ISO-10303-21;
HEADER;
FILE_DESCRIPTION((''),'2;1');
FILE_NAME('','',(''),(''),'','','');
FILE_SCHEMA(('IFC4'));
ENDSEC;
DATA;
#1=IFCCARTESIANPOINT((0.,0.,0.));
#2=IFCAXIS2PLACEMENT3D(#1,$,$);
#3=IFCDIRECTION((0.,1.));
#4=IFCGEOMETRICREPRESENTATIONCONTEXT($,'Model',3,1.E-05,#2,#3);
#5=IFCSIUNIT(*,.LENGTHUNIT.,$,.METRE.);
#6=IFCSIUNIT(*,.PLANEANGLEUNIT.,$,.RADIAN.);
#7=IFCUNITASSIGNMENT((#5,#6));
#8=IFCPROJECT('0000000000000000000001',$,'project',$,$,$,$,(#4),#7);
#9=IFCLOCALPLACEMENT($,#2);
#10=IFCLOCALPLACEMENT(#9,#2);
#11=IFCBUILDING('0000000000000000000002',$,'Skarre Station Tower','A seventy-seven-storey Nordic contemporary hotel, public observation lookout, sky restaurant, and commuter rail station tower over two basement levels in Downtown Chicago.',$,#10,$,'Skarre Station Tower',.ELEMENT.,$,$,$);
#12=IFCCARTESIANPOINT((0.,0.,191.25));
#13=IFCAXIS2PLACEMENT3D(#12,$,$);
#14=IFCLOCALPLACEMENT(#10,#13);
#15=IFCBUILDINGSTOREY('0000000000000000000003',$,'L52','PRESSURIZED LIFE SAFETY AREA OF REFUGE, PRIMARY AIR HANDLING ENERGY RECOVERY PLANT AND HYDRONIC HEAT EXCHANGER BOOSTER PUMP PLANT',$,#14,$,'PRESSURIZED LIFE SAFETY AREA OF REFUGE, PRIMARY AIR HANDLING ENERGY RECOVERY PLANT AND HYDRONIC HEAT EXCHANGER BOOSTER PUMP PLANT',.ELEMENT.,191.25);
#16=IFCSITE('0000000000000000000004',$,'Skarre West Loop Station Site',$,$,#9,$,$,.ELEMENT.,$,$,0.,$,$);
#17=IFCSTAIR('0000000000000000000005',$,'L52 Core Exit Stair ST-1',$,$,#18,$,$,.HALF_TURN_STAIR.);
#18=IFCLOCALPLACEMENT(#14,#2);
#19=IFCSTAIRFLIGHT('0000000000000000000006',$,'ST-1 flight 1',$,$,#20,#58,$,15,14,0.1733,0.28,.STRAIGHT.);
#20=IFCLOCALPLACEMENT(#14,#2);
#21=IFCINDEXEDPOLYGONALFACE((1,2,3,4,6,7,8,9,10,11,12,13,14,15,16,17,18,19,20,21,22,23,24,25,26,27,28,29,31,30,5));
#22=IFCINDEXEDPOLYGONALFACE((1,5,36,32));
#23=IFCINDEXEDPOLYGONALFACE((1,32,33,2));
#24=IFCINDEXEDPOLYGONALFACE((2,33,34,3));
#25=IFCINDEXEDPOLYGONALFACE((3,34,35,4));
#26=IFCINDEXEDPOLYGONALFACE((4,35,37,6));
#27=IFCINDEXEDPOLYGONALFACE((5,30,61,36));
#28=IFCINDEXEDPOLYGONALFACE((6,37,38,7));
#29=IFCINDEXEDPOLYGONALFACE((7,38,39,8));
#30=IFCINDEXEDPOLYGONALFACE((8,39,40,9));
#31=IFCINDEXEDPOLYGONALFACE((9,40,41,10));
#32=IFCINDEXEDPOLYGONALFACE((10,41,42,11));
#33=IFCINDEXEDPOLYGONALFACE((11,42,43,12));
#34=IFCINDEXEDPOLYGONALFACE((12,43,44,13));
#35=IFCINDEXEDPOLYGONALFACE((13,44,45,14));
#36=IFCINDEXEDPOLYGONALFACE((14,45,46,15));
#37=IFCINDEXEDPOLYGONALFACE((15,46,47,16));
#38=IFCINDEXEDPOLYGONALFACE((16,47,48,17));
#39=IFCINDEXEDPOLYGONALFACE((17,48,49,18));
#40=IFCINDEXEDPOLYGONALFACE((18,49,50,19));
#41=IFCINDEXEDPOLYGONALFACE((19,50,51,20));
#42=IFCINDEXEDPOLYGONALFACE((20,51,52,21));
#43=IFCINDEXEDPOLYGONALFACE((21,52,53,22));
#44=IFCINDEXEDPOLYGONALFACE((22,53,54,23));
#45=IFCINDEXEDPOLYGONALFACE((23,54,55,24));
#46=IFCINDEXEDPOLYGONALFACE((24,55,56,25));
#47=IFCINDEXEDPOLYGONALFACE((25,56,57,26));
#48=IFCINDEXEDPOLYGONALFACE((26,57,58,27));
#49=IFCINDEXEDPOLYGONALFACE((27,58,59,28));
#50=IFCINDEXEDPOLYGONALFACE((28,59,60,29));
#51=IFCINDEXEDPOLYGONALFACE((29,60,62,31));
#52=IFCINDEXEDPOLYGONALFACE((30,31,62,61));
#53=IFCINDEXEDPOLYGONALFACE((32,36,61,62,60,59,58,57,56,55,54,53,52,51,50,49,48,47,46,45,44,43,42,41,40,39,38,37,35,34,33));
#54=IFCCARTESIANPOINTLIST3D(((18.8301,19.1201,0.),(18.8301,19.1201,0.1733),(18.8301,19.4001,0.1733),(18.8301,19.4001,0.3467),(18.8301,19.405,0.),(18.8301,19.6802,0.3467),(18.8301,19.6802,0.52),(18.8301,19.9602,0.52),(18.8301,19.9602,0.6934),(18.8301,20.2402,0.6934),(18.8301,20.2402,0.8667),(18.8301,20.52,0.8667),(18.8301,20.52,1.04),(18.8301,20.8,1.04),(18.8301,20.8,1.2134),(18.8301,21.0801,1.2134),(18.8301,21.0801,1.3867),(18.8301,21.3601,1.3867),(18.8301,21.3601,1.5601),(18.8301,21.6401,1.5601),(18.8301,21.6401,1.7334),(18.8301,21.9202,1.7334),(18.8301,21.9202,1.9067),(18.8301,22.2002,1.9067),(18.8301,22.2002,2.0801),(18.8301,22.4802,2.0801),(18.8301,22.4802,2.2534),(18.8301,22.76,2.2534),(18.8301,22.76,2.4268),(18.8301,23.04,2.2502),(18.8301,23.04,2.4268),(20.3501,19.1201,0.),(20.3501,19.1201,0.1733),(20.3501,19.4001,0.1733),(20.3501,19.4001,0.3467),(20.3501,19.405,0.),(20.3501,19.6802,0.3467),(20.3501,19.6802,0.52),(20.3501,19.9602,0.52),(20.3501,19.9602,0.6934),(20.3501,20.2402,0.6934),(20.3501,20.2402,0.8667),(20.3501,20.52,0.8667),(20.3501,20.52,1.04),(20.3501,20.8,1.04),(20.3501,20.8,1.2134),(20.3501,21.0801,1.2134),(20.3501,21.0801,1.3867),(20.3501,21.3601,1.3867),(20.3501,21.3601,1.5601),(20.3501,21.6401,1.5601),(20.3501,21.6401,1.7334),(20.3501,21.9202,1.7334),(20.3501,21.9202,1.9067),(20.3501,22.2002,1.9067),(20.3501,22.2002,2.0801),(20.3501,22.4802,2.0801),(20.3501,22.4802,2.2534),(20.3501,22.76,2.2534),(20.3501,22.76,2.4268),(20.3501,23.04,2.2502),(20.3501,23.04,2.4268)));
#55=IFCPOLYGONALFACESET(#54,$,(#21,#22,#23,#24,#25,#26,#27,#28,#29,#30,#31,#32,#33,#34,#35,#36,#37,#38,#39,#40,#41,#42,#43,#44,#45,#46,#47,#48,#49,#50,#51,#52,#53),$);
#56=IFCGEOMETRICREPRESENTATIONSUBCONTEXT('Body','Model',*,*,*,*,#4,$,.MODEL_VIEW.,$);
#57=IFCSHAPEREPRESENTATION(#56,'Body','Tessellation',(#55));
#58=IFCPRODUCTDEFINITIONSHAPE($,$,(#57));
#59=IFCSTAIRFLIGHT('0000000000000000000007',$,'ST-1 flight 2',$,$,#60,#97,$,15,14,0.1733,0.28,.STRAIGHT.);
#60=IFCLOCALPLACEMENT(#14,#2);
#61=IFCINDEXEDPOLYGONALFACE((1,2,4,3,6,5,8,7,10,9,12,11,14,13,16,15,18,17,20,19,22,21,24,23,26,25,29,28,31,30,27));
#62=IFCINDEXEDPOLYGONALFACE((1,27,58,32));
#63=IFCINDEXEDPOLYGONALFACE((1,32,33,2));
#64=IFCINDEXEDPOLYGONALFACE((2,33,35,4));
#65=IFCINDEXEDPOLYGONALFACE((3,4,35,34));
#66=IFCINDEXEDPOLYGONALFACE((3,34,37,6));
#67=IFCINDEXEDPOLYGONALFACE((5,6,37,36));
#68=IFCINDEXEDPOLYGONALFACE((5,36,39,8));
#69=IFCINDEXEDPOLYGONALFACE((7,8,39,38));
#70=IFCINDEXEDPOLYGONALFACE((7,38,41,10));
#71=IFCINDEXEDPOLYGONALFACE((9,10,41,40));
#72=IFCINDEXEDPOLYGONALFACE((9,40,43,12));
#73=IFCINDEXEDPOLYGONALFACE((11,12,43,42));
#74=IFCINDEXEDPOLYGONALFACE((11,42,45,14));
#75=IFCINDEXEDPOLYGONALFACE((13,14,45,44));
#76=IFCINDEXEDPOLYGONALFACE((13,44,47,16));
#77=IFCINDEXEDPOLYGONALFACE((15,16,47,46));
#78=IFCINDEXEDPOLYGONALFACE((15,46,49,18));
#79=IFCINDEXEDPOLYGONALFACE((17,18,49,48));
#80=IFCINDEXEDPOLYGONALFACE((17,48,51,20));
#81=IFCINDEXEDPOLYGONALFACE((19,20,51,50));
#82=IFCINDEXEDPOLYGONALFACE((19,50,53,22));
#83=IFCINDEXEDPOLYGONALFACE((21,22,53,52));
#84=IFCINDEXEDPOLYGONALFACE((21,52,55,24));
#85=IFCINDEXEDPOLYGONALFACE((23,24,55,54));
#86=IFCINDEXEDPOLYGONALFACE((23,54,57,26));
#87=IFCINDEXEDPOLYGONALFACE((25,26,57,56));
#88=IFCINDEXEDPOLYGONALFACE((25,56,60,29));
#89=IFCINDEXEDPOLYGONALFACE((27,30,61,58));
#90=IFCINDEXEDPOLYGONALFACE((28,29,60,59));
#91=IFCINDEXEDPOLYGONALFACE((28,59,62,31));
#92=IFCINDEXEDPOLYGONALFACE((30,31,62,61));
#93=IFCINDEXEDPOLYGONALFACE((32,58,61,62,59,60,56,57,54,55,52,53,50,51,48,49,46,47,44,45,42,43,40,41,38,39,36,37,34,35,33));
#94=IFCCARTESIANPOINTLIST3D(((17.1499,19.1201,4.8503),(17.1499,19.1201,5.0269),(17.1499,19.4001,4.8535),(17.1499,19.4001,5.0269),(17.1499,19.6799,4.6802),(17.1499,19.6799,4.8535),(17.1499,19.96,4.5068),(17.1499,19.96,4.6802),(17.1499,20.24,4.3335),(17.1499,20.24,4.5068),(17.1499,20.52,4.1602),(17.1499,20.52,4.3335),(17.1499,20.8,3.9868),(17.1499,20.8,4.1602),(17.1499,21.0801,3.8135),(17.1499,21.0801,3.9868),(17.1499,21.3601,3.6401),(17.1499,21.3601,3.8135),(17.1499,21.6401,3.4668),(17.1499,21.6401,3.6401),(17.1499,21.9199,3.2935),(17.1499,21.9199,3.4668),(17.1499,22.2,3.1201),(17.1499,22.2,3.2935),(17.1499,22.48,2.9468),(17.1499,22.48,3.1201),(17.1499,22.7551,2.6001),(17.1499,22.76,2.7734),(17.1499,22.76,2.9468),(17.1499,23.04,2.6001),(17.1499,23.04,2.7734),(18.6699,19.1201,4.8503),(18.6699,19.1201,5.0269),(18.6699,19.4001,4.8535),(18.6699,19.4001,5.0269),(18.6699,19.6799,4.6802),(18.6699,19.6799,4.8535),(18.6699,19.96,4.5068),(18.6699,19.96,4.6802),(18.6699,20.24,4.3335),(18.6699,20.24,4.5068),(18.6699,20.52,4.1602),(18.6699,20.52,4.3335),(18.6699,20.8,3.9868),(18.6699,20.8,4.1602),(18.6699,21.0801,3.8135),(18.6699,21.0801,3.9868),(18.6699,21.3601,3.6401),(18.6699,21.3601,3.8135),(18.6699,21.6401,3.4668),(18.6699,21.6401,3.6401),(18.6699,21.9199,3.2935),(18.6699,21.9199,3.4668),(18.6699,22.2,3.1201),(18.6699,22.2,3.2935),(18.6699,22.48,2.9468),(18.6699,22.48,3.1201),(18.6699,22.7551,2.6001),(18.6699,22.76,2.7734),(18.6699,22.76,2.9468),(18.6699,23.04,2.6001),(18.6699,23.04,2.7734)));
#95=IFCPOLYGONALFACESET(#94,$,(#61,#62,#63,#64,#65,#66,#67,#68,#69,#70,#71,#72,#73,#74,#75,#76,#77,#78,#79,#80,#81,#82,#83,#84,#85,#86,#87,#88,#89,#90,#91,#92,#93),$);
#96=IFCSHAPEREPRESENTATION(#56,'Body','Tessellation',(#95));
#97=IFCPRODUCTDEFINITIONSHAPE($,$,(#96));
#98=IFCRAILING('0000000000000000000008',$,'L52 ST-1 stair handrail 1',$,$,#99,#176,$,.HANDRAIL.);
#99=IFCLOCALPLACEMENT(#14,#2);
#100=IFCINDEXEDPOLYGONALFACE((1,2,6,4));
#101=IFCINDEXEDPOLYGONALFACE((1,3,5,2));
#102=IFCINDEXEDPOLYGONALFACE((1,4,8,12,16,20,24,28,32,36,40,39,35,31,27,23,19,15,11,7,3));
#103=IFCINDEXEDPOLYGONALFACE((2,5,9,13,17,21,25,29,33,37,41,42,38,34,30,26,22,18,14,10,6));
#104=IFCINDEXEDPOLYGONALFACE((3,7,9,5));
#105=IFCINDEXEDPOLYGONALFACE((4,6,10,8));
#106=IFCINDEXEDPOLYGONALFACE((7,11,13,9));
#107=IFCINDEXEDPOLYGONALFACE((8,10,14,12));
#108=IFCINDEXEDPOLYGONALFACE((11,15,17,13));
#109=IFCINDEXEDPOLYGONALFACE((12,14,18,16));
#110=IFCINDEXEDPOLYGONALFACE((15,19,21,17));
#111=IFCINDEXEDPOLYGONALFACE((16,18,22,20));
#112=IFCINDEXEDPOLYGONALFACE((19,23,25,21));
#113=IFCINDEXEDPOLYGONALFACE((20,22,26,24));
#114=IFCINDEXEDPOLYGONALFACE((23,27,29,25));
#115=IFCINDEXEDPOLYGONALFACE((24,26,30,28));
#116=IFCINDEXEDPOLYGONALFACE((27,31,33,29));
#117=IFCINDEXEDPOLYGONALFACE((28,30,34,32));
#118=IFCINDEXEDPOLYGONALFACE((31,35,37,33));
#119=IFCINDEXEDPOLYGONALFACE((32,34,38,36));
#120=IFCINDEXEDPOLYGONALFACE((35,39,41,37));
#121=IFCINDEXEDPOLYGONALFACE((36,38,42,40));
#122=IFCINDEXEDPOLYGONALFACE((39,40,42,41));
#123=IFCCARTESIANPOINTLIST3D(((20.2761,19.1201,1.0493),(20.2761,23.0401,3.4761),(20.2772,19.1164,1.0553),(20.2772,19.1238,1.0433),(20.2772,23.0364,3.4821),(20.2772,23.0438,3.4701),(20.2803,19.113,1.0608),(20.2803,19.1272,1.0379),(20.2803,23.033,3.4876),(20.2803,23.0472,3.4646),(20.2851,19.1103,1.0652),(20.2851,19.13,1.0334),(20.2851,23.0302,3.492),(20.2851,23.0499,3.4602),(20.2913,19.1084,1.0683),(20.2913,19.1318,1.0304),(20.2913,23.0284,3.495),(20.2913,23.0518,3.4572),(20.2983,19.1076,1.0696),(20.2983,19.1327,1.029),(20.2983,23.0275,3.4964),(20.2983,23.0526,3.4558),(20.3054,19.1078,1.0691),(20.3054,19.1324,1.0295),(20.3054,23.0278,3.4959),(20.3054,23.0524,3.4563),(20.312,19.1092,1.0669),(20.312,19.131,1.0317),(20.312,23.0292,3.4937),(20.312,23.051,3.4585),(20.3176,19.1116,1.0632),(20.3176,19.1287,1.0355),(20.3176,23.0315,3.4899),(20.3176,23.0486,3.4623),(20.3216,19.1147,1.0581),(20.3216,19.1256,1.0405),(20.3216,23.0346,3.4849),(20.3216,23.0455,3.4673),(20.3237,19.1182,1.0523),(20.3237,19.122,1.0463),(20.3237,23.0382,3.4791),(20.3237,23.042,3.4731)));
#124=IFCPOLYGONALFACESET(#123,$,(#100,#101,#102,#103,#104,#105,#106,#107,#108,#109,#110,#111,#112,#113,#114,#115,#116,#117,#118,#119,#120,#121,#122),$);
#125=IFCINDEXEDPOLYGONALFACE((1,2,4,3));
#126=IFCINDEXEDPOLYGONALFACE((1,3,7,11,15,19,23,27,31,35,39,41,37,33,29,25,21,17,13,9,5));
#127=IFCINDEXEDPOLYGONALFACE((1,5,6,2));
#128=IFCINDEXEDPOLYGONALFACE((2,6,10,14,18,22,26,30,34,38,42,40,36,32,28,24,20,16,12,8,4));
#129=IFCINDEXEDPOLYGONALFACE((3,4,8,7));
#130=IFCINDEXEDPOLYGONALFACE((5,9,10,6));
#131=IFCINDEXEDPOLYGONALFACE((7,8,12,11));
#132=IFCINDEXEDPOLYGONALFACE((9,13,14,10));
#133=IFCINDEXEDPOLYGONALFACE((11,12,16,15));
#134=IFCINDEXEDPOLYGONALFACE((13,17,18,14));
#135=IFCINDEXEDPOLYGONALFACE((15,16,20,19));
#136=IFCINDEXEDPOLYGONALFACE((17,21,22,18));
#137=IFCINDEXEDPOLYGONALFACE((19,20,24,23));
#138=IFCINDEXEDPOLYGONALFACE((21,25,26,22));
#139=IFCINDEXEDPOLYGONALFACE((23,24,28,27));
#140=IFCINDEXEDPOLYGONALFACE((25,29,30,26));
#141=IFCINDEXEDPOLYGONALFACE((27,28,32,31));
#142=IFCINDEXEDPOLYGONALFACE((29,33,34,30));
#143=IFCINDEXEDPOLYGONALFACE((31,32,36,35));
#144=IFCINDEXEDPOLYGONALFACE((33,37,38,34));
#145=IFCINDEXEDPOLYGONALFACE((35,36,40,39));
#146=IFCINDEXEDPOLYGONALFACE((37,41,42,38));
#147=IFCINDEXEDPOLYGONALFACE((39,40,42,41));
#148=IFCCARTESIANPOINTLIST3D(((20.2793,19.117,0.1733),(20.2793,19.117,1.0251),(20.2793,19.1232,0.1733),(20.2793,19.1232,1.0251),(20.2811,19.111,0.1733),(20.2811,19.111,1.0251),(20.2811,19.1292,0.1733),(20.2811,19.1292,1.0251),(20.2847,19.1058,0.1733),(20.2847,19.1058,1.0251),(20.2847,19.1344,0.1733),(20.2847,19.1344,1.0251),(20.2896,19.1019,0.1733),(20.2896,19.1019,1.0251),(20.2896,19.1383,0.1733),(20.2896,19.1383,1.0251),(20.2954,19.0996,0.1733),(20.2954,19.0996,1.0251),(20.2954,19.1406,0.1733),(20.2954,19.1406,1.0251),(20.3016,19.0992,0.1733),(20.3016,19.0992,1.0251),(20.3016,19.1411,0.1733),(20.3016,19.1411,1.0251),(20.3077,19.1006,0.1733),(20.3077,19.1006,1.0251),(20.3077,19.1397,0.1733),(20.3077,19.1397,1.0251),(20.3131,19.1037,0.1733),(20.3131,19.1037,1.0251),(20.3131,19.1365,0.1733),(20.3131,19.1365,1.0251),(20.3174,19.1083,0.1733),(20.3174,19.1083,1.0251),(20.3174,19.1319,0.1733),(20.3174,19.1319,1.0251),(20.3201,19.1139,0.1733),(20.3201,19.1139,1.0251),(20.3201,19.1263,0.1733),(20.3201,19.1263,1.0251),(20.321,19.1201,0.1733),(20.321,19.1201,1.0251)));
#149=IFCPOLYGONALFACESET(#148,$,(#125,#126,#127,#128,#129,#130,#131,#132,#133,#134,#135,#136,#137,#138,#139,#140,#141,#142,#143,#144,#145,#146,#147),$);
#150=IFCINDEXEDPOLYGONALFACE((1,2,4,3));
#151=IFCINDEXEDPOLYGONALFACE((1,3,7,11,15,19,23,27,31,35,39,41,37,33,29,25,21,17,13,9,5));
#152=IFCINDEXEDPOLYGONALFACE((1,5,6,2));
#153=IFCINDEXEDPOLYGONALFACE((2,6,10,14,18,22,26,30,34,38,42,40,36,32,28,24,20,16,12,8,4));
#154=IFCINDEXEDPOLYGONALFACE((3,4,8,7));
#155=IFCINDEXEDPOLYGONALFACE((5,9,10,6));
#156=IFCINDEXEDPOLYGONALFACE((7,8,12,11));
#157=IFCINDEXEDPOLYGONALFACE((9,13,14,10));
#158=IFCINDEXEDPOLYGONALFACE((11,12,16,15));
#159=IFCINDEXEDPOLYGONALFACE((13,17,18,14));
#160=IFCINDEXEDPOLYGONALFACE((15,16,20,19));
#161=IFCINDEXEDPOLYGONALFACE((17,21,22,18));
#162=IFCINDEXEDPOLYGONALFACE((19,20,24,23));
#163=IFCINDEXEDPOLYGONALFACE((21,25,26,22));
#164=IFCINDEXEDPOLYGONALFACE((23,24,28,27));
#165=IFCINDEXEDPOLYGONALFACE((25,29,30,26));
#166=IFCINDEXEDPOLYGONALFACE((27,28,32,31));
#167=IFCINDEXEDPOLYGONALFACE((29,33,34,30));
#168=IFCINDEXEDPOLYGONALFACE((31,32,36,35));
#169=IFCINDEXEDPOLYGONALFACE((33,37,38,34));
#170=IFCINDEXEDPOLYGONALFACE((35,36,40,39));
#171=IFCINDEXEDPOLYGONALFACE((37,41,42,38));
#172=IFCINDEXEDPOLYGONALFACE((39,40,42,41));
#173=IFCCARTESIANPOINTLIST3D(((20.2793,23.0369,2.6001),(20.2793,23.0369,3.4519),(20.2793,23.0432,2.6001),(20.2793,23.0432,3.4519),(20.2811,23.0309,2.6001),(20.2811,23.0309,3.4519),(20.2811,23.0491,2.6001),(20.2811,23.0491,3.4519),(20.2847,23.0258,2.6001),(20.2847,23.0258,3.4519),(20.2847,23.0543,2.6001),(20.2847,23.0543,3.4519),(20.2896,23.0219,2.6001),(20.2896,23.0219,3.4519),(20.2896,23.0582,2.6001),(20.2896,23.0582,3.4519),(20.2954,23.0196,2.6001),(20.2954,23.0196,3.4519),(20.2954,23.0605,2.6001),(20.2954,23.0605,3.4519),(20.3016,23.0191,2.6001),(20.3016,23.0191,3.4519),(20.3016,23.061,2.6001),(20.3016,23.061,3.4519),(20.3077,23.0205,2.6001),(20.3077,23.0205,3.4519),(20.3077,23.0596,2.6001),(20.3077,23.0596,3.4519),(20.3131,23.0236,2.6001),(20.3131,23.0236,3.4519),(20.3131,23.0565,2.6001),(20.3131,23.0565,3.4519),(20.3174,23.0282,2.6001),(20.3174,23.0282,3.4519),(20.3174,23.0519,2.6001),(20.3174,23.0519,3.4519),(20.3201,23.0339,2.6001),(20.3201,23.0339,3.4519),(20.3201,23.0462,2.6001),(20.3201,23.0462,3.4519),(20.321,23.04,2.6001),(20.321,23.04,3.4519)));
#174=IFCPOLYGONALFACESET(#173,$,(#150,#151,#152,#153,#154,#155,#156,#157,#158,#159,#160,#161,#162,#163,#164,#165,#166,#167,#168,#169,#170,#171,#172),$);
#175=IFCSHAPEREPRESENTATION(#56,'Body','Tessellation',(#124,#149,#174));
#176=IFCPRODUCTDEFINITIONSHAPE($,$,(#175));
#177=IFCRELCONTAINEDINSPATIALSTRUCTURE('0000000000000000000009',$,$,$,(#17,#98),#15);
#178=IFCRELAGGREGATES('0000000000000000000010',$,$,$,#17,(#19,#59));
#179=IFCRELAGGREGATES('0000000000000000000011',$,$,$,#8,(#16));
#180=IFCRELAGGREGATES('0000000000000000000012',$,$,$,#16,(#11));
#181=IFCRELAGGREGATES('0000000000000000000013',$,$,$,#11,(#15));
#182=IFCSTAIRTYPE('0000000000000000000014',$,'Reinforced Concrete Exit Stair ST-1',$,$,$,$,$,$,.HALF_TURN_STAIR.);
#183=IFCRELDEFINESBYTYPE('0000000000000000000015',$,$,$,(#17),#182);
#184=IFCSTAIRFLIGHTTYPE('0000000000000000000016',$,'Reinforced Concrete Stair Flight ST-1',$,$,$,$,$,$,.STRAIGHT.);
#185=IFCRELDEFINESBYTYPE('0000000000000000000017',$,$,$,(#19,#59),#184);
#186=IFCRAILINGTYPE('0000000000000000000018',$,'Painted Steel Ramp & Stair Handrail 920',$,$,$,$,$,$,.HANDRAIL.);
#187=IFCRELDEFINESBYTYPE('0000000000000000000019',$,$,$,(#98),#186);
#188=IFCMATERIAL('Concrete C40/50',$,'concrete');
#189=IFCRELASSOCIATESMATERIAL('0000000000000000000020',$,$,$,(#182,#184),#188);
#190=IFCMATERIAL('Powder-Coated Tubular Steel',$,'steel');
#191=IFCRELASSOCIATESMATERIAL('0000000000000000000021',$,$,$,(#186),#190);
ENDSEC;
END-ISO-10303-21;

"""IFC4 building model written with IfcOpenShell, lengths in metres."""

from ifc_helpers import new_model, si_unit, direction, frame, origin, origin_2d, place, context, subcontext, project, spatial, polyline, circle, outline, extrude, material, type_object, element, aggregate, save


model = new_model("IFC4")

# Units and contexts
model_context = context("Model", 3, precision=1e-05, world=origin(), true_north=direction((0.0, 1.0)))
body_context = subcontext(model_context, "Body", "Model", "MODEL_VIEW")
ifc_project = project(units=[si_unit("LENGTHUNIT", "METRE"), si_unit("PLANEANGLEUNIT", "RADIAN")], contexts=[model_context])

# Site, building, storey
site_placement = place(None, origin())
site = spatial("IfcSite", under=ifc_project, at=site_placement, Name="Skarre West Loop Station Site", CompositionType="ELEMENT", RefElevation=0.0)
building_placement = place(site_placement, origin())
building = spatial("IfcBuilding", under=site, at=building_placement, Name="Skarre Station Tower", Description="A seventy-seven-storey Nordic contemporary hotel, public observation lookout, sky restaurant, and commuter rail station tower over two basement levels in Downtown Chicago.", LongName="Skarre Station Tower", CompositionType="ELEMENT")
storey_placement = place(building_placement, frame((0.0, 0.0, 191.25)))
storey = spatial("IfcBuildingStorey", under=building, at=storey_placement, Name="L52", Description="PRESSURIZED LIFE SAFETY AREA OF REFUGE, PRIMARY AIR HANDLING ENERGY RECOVERY PLANT AND HYDRONIC HEAT EXCHANGER BOOSTER PUMP PLANT", LongName="PRESSURIZED LIFE SAFETY AREA OF REFUGE, PRIMARY AIR HANDLING ENERGY RECOVERY PLANT AND HYDRONIC HEAT EXCHANGER BOOSTER PUMP PLANT", CompositionType="ELEMENT", Elevation=191.25)

# Stair, stair flights
ifc_material_1 = material(Name="Concrete C40/50", Category="concrete")
stair_type = type_object("IfcStairType", Name="Reinforced Concrete Exit Stair ST-1", PredefinedType="HALF_TURN_STAIR", material=ifc_material_1)
stair_placement = place(storey_placement, origin())
stair = element("IfcStair", 1, at=stair_placement, inside=storey, type_object=stair_type, Name="L52 Core Exit Stair ST-1", PredefinedType="HALF_TURN_STAIR")
stair_flight_type = type_object("IfcStairFlightType", Name="Reinforced Concrete Stair Flight ST-1", PredefinedType="STRAIGHT", material=ifc_material_1)
stair_flight_1_placement = place(storey_placement, frame((19.5901, 19.1201, 0.0), z_axis=(0.0, 0.0, 1.0), x_axis=(0.0, 1.0, 0.0)))
stair_flight_1 = element("IfcStairFlight", 2, at=stair_flight_1_placement, type_object=stair_flight_type, Name="ST-1 flight 1", NumberOfRisers=15, NumberOfTreads=14, PredefinedType="STRAIGHT", RiserHeight=0.1733, TreadLength=0.28, context=body_context, shape_type="SweptSolid", body=[
    extrude(outline(polyline([(0.0, 0.0), (0.0, 0.1733), (0.28, 0.1733), (0.28, 0.3467), (0.5601, 0.3467), (0.5601, 0.52), (0.8401, 0.52), (0.8401, 0.6934), (1.1201, 0.6934), (1.1201, 0.8667), (1.3999, 0.8667), (1.3999, 1.04), (1.6799, 1.04), (1.6799, 1.2134), (1.96, 1.2134), (1.96, 1.3867), (2.24, 1.3867), (2.24, 1.5601), (2.52, 1.5601), (2.52, 1.7334), (2.8, 1.7334), (2.8, 1.9067), (3.0801, 1.9067), (3.0801, 2.0801), (3.3601, 2.0801), (3.3601, 2.2534), (3.6399, 2.2534), (3.6399, 2.4268), (3.9199, 2.4268), (3.9199, 2.6001), (3.9199, 2.2502), (0.2849, 0.0), (0.0, 0.0)])), frame((0.0, 0.76, 0.0), z_axis=(0.0, -1.0, 0.0), x_axis=(1.0, 0.0, 0.0)), (0.0, 0.0, 1.0), 1.52),
])
stair_flight_2_placement = place(storey_placement, frame((17.9099, 23.04, 2.6001), z_axis=(0.0, 0.0, 1.0), x_axis=(0.0, -1.0, 0.0)))
stair_flight_2 = element("IfcStairFlight", 3, at=stair_flight_2_placement, type_object=stair_flight_type, Name="ST-1 flight 2", NumberOfRisers=15, NumberOfTreads=14, PredefinedType="STRAIGHT", RiserHeight=0.1733, TreadLength=0.28, context=body_context, shape_type="SweptSolid", body=[
    extrude(outline(polyline([(0.0, 0.0), (0.0, 0.1733), (0.28, 0.1733), (0.28, 0.3467), (0.5601, 0.3467), (0.5601, 0.52), (0.8401, 0.52), (0.8401, 0.6934), (1.1201, 0.6934), (1.1201, 0.8667), (1.3999, 0.8667), (1.3999, 1.04), (1.6799, 1.04), (1.6799, 1.2134), (1.96, 1.2134), (1.96, 1.3867), (2.24, 1.3867), (2.24, 1.5601), (2.52, 1.5601), (2.52, 1.7334), (2.8, 1.7334), (2.8, 1.9067), (3.0801, 1.9067), (3.0801, 2.0801), (3.3601, 2.0801), (3.3601, 2.2534), (3.6399, 2.2534), (3.6399, 2.4268), (3.9199, 2.4268), (3.9199, 2.6001), (3.9199, 2.2502), (0.2849, 0.0), (0.0, 0.0)])), frame((0.0, 0.76, 0.0), z_axis=(0.0, -1.0, 0.0), x_axis=(1.0, 0.0, 0.0)), (0.0, 0.0, 1.0), 1.52),
])
aggregate(stair, [stair_flight_1, stair_flight_2])

# Railing
ifc_material_2 = material(Name="Powder-Coated Tubular Steel", Category="steel")
railing_type_1 = type_object("IfcRailingType", Name="Painted Steel Ramp & Stair Handrail 920", PredefinedType="HANDRAIL", material=ifc_material_2)
railing_1_placement = place(storey_placement, frame((20.3, 19.1201, 0.1733)))
element("IfcRailing", 4, at=railing_1_placement, inside=storey, type_object=railing_type_1, Name="L52 ST-1 stair handrail 1", PredefinedType="HANDRAIL", context=body_context, shape_type="SweptSolid", body=[
    extrude(circle(Radius=0.0239, at=origin_2d()), frame((0.0, 0.0, 0.876), z_axis=(0.0, 0.850252, 0.526376), x_axis=(-1.0, 0.0, 0.0)), (0.0, 0.0, 1.0), 4.6104),
    extrude(circle(Radius=0.021, at=origin_2d()), origin(), (0.0, 0.0, 1.0), 0.8518),
    extrude(circle(Radius=0.021, at=origin_2d()), frame((0.0, 3.9199, 2.4268)), (0.0, 0.0, 1.0), 0.8518),
])

save(model, "model.ifc")
